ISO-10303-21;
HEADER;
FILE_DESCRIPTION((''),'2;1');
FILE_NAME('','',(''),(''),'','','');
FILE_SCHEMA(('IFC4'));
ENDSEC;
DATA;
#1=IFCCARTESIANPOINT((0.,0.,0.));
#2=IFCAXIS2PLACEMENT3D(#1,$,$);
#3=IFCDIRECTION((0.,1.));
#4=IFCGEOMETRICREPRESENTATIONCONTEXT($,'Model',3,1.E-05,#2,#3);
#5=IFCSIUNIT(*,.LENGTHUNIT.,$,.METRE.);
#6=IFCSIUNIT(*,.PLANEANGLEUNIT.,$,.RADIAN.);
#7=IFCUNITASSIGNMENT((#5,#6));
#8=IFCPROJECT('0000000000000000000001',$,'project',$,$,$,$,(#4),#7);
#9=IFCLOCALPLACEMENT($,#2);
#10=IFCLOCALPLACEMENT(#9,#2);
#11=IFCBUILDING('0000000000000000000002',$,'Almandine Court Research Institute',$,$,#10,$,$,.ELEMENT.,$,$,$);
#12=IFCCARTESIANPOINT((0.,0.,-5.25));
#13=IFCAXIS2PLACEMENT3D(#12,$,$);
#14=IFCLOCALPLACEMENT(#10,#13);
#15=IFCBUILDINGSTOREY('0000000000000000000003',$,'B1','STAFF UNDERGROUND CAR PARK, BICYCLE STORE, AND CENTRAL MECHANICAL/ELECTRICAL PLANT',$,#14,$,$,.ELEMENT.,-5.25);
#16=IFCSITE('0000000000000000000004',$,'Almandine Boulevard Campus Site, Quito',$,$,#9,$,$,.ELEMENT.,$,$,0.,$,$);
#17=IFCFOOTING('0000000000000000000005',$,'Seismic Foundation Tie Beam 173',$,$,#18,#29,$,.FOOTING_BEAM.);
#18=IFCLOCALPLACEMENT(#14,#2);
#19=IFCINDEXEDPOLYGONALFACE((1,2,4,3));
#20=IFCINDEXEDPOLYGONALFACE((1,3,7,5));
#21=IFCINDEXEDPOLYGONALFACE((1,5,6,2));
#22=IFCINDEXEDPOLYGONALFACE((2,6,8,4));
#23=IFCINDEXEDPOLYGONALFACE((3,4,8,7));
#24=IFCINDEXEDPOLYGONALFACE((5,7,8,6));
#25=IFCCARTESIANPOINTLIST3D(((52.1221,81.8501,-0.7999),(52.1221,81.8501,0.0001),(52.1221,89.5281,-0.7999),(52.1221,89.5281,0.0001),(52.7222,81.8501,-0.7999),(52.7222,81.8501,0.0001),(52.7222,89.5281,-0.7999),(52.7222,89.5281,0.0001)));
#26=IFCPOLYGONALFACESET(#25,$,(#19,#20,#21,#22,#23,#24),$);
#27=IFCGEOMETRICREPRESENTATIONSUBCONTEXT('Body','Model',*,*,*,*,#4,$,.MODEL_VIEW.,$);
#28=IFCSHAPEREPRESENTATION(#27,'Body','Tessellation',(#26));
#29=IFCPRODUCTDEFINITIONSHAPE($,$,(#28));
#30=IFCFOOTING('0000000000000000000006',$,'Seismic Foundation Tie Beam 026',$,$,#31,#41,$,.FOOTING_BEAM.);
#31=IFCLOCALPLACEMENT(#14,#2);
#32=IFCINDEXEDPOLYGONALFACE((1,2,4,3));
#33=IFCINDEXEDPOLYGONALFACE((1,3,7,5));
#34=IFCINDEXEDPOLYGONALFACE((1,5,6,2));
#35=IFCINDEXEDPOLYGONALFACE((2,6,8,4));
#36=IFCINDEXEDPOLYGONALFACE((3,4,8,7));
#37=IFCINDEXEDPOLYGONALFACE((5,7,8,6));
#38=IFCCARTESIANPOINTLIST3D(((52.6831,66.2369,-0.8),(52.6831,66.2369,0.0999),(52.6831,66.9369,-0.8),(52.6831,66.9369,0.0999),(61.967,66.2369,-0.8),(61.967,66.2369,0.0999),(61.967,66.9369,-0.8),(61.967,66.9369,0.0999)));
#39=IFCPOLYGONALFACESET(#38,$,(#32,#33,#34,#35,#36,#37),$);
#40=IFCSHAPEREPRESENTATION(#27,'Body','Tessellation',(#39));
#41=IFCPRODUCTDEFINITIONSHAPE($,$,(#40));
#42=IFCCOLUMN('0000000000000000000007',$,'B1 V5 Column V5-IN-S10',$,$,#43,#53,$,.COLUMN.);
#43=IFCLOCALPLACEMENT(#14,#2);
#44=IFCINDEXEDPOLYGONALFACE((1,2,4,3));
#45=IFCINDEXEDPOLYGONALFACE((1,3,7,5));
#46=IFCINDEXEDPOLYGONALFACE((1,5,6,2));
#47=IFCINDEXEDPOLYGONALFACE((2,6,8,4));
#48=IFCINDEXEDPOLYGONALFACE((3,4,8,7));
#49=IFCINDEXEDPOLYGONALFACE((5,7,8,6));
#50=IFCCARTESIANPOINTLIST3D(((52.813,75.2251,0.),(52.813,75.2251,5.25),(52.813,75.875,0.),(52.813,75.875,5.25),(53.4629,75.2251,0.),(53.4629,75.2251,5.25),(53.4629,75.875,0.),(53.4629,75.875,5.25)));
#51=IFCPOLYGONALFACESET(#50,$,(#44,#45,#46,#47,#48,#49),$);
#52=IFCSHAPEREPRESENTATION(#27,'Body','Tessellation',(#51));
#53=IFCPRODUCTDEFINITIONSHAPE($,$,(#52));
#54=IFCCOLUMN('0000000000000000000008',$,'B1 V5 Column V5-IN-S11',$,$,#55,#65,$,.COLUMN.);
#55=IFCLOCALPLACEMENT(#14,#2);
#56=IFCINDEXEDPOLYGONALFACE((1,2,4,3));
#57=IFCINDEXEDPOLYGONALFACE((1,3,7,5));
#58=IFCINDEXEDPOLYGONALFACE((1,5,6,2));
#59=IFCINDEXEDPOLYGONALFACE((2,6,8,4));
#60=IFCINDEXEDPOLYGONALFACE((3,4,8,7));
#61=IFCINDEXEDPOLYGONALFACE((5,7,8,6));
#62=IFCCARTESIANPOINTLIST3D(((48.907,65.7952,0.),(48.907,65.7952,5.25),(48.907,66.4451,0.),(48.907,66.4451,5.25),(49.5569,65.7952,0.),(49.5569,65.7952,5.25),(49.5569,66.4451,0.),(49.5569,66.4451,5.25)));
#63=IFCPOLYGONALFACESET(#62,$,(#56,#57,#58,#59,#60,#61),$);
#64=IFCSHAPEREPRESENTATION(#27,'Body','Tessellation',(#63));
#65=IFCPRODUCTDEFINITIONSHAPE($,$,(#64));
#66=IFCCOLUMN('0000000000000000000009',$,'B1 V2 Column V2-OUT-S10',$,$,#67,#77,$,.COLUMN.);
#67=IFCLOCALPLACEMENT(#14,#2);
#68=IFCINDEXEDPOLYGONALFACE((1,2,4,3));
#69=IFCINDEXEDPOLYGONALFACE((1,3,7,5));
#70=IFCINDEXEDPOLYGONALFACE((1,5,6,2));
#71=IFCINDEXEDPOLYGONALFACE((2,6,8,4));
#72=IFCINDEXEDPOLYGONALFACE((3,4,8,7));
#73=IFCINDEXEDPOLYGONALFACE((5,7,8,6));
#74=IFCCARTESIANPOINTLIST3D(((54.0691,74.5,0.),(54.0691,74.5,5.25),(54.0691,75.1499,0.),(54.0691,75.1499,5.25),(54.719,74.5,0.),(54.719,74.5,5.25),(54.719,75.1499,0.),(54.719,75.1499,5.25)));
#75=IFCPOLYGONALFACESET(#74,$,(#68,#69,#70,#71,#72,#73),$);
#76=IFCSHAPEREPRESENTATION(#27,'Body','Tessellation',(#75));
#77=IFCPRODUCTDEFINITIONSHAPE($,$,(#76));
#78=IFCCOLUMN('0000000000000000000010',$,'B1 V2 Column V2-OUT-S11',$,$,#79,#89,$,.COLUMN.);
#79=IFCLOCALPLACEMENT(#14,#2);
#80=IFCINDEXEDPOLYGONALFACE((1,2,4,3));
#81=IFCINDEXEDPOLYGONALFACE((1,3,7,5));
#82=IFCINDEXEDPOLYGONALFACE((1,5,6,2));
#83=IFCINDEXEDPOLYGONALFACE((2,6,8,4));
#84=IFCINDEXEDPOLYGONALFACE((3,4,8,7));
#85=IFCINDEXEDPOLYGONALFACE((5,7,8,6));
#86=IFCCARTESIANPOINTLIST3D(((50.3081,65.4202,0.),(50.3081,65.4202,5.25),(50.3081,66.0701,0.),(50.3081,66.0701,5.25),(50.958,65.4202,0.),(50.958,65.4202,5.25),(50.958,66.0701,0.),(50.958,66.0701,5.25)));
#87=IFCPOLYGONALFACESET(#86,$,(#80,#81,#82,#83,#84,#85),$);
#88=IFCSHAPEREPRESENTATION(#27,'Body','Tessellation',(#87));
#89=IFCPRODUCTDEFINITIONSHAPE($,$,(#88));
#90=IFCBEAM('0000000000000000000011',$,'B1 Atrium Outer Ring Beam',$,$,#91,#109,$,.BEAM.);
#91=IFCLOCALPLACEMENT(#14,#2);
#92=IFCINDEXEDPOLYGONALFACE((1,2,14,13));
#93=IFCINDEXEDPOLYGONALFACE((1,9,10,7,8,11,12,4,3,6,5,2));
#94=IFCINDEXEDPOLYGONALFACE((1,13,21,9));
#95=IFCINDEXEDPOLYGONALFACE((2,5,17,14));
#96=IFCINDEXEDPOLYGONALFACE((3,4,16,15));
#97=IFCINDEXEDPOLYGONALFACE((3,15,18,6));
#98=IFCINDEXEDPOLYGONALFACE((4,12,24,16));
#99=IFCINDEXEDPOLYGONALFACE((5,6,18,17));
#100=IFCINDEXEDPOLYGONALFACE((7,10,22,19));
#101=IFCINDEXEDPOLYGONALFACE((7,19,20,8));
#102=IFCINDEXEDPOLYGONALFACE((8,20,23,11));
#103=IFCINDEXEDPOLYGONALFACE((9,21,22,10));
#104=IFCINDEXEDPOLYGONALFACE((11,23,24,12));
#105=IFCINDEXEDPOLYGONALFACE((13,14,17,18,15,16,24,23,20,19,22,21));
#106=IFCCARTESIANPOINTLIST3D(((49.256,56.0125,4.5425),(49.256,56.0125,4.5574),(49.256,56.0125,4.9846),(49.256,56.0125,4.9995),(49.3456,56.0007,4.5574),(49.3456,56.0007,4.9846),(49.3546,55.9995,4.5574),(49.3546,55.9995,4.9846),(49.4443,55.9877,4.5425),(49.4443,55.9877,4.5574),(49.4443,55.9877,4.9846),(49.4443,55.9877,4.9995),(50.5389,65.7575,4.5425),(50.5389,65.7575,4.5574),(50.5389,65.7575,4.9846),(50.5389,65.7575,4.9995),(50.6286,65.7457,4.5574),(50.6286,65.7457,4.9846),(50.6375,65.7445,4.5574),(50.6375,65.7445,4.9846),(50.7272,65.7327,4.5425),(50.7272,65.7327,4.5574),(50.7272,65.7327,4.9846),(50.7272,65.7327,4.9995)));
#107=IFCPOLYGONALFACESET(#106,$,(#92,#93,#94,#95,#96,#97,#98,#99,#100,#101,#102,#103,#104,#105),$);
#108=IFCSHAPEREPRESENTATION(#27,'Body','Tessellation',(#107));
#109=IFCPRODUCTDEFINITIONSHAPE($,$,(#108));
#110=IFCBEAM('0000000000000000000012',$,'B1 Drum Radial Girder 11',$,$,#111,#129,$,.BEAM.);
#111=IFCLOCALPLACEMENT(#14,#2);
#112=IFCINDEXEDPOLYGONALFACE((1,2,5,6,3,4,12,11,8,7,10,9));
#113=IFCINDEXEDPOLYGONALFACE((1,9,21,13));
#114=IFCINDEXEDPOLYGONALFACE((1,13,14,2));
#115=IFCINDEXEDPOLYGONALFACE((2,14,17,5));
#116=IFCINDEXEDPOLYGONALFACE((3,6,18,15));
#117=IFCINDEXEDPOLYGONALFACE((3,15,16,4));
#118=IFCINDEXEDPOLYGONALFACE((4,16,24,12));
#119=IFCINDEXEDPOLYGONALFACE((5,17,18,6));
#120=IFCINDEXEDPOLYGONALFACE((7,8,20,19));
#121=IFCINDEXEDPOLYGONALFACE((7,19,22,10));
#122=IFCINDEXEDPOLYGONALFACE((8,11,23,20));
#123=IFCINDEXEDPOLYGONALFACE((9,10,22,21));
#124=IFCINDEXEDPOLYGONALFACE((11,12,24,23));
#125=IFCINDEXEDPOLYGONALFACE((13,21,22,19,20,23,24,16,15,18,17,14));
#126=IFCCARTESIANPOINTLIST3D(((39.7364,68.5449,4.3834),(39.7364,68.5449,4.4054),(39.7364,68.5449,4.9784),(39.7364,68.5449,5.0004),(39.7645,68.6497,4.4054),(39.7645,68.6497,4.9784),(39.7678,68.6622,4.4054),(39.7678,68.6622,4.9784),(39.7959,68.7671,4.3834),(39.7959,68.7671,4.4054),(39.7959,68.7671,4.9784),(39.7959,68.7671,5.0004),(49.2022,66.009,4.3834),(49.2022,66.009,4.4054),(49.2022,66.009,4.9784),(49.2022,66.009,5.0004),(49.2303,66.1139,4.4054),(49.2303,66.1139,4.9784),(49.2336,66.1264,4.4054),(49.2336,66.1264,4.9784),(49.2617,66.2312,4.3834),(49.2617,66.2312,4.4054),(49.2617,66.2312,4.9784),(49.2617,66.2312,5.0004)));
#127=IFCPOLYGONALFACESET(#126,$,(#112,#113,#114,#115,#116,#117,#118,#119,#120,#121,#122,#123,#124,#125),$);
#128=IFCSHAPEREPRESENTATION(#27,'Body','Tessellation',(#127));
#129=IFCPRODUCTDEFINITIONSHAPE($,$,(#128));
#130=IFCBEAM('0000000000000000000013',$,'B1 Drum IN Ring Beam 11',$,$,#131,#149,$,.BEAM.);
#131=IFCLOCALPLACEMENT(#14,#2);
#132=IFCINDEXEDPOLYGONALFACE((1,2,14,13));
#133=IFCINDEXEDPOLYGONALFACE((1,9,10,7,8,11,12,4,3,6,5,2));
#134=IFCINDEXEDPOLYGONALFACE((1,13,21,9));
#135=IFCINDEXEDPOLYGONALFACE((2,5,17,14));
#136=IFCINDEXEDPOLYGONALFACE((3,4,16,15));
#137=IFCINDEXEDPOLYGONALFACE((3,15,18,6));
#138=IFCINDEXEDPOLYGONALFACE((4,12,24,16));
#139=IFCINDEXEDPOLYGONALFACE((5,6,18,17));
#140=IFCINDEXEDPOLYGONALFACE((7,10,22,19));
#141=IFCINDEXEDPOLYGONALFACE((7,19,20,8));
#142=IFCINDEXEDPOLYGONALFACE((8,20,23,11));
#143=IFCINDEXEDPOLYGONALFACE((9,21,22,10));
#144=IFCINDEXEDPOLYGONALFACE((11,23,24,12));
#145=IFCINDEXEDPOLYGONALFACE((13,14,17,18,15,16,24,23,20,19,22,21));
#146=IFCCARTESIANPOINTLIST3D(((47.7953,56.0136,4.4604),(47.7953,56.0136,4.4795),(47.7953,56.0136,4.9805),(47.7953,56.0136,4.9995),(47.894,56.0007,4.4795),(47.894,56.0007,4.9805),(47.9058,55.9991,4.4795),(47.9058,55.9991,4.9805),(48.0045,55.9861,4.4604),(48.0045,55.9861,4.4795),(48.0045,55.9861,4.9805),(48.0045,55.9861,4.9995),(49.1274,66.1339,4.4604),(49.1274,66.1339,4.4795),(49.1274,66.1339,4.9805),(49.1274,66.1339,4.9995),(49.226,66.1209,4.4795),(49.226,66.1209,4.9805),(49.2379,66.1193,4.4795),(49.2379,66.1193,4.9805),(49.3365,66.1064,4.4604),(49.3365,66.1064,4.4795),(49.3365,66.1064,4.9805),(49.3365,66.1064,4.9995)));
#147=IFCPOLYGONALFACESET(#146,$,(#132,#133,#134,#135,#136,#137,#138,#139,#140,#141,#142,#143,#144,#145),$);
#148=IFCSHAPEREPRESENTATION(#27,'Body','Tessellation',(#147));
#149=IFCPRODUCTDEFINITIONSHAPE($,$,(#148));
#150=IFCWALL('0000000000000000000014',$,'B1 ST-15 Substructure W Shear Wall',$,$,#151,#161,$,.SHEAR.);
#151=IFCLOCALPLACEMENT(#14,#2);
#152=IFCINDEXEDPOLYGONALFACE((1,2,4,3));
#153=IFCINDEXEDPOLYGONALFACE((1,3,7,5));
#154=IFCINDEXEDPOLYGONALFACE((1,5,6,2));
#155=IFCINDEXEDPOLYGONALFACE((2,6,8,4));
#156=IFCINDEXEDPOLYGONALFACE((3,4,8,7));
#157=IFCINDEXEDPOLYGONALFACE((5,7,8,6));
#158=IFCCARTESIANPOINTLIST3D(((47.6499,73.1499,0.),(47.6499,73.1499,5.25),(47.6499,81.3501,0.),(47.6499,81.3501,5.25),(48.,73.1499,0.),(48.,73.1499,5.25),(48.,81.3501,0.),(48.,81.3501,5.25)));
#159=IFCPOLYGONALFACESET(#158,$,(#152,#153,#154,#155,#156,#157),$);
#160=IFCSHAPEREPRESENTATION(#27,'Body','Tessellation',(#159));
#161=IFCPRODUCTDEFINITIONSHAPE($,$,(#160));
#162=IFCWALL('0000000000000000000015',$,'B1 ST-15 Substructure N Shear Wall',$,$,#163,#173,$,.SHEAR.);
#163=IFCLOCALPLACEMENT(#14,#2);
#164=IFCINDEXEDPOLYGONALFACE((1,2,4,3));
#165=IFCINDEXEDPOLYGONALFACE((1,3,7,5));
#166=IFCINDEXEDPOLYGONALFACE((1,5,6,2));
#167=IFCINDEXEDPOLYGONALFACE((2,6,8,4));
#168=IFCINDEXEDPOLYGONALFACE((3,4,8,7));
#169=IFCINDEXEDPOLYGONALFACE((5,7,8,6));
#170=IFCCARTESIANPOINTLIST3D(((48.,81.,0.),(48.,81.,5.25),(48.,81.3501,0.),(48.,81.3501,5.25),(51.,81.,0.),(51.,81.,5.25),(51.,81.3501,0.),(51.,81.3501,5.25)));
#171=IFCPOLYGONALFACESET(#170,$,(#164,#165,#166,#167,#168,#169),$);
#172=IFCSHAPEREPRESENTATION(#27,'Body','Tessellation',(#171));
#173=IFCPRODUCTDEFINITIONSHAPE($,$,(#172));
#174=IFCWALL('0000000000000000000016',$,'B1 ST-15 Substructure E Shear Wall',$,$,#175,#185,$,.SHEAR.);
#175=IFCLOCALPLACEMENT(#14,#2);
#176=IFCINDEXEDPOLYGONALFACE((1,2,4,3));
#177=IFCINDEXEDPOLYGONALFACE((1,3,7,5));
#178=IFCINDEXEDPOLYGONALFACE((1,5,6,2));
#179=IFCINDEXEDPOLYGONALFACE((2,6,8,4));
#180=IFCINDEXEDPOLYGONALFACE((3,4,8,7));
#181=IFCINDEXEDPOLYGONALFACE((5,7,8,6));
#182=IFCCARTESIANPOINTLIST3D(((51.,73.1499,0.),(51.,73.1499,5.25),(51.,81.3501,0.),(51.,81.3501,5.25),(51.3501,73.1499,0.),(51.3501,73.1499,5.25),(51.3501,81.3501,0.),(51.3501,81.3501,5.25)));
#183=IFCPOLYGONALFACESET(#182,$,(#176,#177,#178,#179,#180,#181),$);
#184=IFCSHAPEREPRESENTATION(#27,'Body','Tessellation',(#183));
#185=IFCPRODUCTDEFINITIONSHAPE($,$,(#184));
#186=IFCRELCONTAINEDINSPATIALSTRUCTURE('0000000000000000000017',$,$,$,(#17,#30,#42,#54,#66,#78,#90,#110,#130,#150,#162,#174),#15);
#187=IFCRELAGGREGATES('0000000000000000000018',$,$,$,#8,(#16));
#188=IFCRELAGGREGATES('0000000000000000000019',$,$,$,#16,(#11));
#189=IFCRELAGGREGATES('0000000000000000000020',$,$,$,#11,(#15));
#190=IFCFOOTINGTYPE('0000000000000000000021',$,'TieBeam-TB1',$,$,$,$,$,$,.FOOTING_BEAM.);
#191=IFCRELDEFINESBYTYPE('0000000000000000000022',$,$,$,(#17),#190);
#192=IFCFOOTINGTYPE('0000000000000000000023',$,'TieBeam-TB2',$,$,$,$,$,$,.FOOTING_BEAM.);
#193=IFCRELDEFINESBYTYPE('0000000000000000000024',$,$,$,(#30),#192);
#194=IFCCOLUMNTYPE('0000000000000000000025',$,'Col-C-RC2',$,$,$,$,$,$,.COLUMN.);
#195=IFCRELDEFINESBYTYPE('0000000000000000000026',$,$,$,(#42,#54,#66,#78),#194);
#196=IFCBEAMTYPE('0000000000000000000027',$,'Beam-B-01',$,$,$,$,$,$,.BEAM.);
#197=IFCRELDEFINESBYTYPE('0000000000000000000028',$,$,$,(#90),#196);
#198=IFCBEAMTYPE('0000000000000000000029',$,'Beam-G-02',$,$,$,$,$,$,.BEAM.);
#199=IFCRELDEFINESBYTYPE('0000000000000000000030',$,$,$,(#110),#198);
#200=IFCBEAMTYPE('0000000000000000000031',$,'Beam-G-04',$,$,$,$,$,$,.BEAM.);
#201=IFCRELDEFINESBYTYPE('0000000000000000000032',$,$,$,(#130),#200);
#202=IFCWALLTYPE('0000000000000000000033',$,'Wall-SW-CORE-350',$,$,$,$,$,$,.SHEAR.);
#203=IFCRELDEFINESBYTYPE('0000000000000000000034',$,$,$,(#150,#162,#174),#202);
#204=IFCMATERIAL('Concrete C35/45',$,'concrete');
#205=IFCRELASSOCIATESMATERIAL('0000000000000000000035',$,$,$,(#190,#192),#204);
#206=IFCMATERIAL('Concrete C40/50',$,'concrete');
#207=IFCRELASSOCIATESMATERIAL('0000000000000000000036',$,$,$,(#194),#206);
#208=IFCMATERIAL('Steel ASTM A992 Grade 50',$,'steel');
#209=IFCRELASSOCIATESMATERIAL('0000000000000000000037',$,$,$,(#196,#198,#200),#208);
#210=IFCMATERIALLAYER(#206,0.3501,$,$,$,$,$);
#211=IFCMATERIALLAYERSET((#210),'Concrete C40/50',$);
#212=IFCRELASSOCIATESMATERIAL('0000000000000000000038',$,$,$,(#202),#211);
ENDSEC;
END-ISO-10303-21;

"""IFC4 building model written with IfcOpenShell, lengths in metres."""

from ifc_helpers import new_model, si_unit, direction, frame, frame_2d, origin, origin_2d, place, context, subcontext, project, spatial, rectangle, i_section, extrude, material, layer, layer_set, material_profile, profile_set, type_object, element, save


model = new_model("IFC4")

# Units and contexts
model_context = context("Model", 3, precision=1e-05, world=origin(), true_north=direction((0.0, 1.0)))
body_context = subcontext(model_context, "Body", "Model", "MODEL_VIEW")
ifc_project = project(units=[si_unit("LENGTHUNIT", "METRE"), si_unit("PLANEANGLEUNIT", "RADIAN")], contexts=[model_context])

# Site, building, storey
site_placement = place(None, origin())
site = spatial("IfcSite", under=ifc_project, at=site_placement, Name="Almandine Boulevard Campus Site, Quito", CompositionType="ELEMENT", RefElevation=0.0)
building_placement = place(site_placement, origin())
building = spatial("IfcBuilding", under=site, at=building_placement, Name="Almandine Court Research Institute", CompositionType="ELEMENT")
storey_placement = place(building_placement, frame((0.0, 0.0, -5.25)))
storey = spatial("IfcBuildingStorey", under=building, at=storey_placement, Name="B1", Description="STAFF UNDERGROUND CAR PARK, BICYCLE STORE, AND CENTRAL MECHANICAL/ELECTRICAL PLANT", CompositionType="ELEMENT", Elevation=-5.25)

# Shared definitions
ifc_material_1 = material(Name="Concrete C35/45", Category="concrete")

# Footings
ifc_material_profile_1 = material_profile(ifc_material_1, rectangle(XDim=0.6001, YDim=0.8, at=origin_2d()), Name="RC TIE 600x800")
ifc_profile_set_1 = profile_set([ifc_material_profile_1], Name="Concrete C35/45")
footing_type_1 = type_object("IfcFootingType", Name="TieBeam-TB1", PredefinedType="FOOTING_BEAM", material=ifc_profile_set_1)
footing_1_placement = place(storey_placement, frame((52.4221, 81.8501, -0.3999), z_axis=(0.0, 1.0, 0.0), x_axis=(-1.0, 0.0, 0.0)))
element("IfcFooting", 1, at=footing_1_placement, inside=storey, type_object=footing_type_1, Name="Seismic Foundation Tie Beam 173", PredefinedType="FOOTING_BEAM", context=body_context, shape_type="SweptSolid", body=[
    extrude(rectangle(XDim=0.6001, YDim=0.8, at=origin_2d()), origin(), (0.0, 0.0, 1.0), 7.678),
])
ifc_material_profile_2 = material_profile(ifc_material_1, rectangle(XDim=0.7, YDim=0.8999, at=origin_2d()), Name="RC TIE 700x900")
ifc_profile_set_2 = profile_set([ifc_material_profile_2], Name="Concrete C35/45")
footing_type_2 = type_object("IfcFootingType", Name="TieBeam-TB2", PredefinedType="FOOTING_BEAM", material=ifc_profile_set_2)
footing_2_placement = place(storey_placement, frame((52.6831, 66.5869, -0.3501), z_axis=(1.0, 0.0, 0.0), x_axis=(0.0, 1.0, 0.0)))
element("IfcFooting", 2, at=footing_2_placement, inside=storey, type_object=footing_type_2, Name="Seismic Foundation Tie Beam 026", PredefinedType="FOOTING_BEAM", context=body_context, shape_type="SweptSolid", body=[
    extrude(rectangle(XDim=0.7, YDim=0.8999, at=origin_2d()), origin(), (0.0, 0.0, 1.0), 9.2839),
])

# Columns
ifc_material_2 = material(Name="Concrete C40/50", Category="concrete")
ifc_material_profile_3 = material_profile(ifc_material_2, rectangle(XDim=0.6499, YDim=0.6499, at=origin_2d()), Name="RC 650x650")
ifc_profile_set_3 = profile_set([ifc_material_profile_3], Name="Concrete C40/50")
column_type = type_object("IfcColumnType", Name="Col-C-RC2", PredefinedType="COLUMN", material=ifc_profile_set_3)
for number, where, z_axis, x_axis, name in (
    (3, (53.1379, 75.55, 0.0), (0.0, 0.0, 1.0), (1.0, 0.0, 0.0), "B1 V5 Column V5-IN-S10"),
    (4, (49.2319, 66.1201, 0.0), (0.0, 0.0, 1.0), (1.0, 0.0, 0.0), "B1 V5 Column V5-IN-S11"),
    (5, (54.394, 74.825, 0.0), (0.0, 0.0, 1.0), (1.0, 0.0, 0.0), "B1 V2 Column V2-OUT-S10"),
    (6, (50.6331, 65.7451, 0.0), (0.0, 0.0, 1.0), (1.0, 0.0, 0.0), "B1 V2 Column V2-OUT-S11"),
):
    element("IfcColumn", number, at=place(storey_placement, frame(where, z_axis=z_axis, x_axis=x_axis)), inside=storey, type_object=column_type, Name=name, PredefinedType="COLUMN", context=body_context, shape_type="SweptSolid", body=[
        extrude(rectangle(XDim=0.6499, YDim=0.6499, at=origin_2d()), origin(), (0.0, 0.0, 1.0), 5.25),
    ])

# Beams
ifc_material_3 = material(Name="Steel ASTM A992 Grade 50", Category="steel")
ifc_material_profile_4 = material_profile(ifc_material_3, i_section(OverallWidth=0.1899, OverallDepth=0.457, WebThickness=0.009, FlangeThickness=0.0149, at=origin_2d()), Name="W460x74")
ifc_profile_set_4 = profile_set([ifc_material_profile_4], Name="Steel ASTM A992 Grade 50")
beam_type_1 = type_object("IfcBeamType", Name="Beam-B-01", PredefinedType="BEAM", material=ifc_profile_set_4)
beam_1_placement = place(storey_placement, frame((50.6331, 65.7451, 4.771), z_axis=(-0.130525, -0.991445, 0.0), x_axis=(0.991445, -0.130525, 0.0)))
element("IfcBeam", 7, at=beam_1_placement, inside=storey, type_object=beam_type_1, Name="B1 Atrium Outer Ring Beam", PredefinedType="BEAM", context=body_context, shape_type="SweptSolid", body=[
    extrude(i_section(OverallWidth=0.1899, OverallDepth=0.457, WebThickness=0.009, FlangeThickness=0.0149, at=origin_2d()), origin(), (0.0, 0.0, 1.0), 9.8291),
])
ifc_material_profile_5 = material_profile(ifc_material_3, i_section(OverallWidth=0.23, OverallDepth=0.6169, WebThickness=0.0129, FlangeThickness=0.022, at=origin_2d()), Name="W610x140")
ifc_profile_set_5 = profile_set([ifc_material_profile_5], Name="Steel ASTM A992 Grade 50")
beam_type_2 = type_object("IfcBeamType", Name="Beam-G-02", PredefinedType="BEAM", material=ifc_profile_set_5)
beam_2_placement = place(storey_placement, frame((49.2319, 66.1201, 4.6919), z_axis=(-0.965938, 0.258774, 0.0), x_axis=(-0.258774, -0.965938, 0.0)))
element("IfcBeam", 8, at=beam_2_placement, inside=storey, type_object=beam_type_2, Name="B1 Drum Radial Girder 11", PredefinedType="BEAM", context=body_context, shape_type="SweptSolid", body=[
    extrude(i_section(OverallWidth=0.23, OverallDepth=0.6169, WebThickness=0.0129, FlangeThickness=0.022, at=origin_2d()), origin(), (0.0, 0.0, 1.0), 9.7996),
])
ifc_material_profile_6 = material_profile(ifc_material_3, i_section(OverallWidth=0.2109, OverallDepth=0.5391, WebThickness=0.012, FlangeThickness=0.019, at=origin_2d()), Name="W530x109")
ifc_profile_set_6 = profile_set([ifc_material_profile_6], Name="Steel ASTM A992 Grade 50")
beam_type_3 = type_object("IfcBeamType", Name="Beam-G-04", PredefinedType="BEAM", material=ifc_profile_set_6)
beam_3_placement = place(storey_placement, frame((49.2319, 66.1201, 4.73), z_axis=(-0.130497, -0.991449, 0.0), x_axis=(0.991449, -0.130497, 0.0)))
element("IfcBeam", 9, at=beam_3_placement, inside=storey, type_object=beam_type_3, Name="B1 Drum IN Ring Beam 11", PredefinedType="BEAM", context=body_context, shape_type="SweptSolid", body=[
    extrude(i_section(OverallWidth=0.2109, OverallDepth=0.5391, WebThickness=0.012, FlangeThickness=0.019, at=origin_2d()), origin(), (0.0, 0.0, 1.0), 10.2075),
])

# Walls
ifc_layer = layer(ifc_material_2, 0.3501)
ifc_layer_set = layer_set([ifc_layer], Name="Concrete C40/50")
wall_type = type_object("IfcWallType", Name="Wall-SW-CORE-350", PredefinedType="SHEAR", material=ifc_layer_set)
wall_1_placement = place(storey_placement, frame((47.825, 73.1499, 0.0), z_axis=(0.0, 0.0, 1.0), x_axis=(0.0, 1.0, 0.0)))
element("IfcWall", 10, at=wall_1_placement, inside=storey, type_object=wall_type, Name="B1 ST-15 Substructure W Shear Wall", PredefinedType="SHEAR", context=body_context, shape_type="SweptSolid", body=[
    extrude(rectangle(XDim=8.2002, YDim=0.3501, at=frame_2d((4.1001, 0.0))), origin(), (0.0, 0.0, 1.0), 5.25),
])
wall_2_placement = place(storey_placement, frame((48.0, 81.175, 0.0), z_axis=(0.0, 0.0, 1.0), x_axis=(1.0, 0.0, 0.0)))
element("IfcWall", 11, at=wall_2_placement, inside=storey, type_object=wall_type, Name="B1 ST-15 Substructure N Shear Wall", PredefinedType="SHEAR", context=body_context, shape_type="SweptSolid", body=[
    extrude(rectangle(XDim=3.0, YDim=0.3501, at=frame_2d((1.5, 0.0))), origin(), (0.0, 0.0, 1.0), 5.25),
])
wall_3_placement = place(storey_placement, frame((51.175, 81.3501, 0.0), z_axis=(0.0, 0.0, 1.0), x_axis=(0.0, -1.0, 0.0)))
element("IfcWall", 12, at=wall_3_placement, inside=storey, type_object=wall_type, Name="B1 ST-15 Substructure E Shear Wall", PredefinedType="SHEAR", context=body_context, shape_type="SweptSolid", body=[
    extrude(rectangle(XDim=8.2002, YDim=0.3501, at=frame_2d((4.1001, 0.0))), origin(), (0.0, 0.0, 1.0), 5.25),
])

save(model, "model.ifc")
